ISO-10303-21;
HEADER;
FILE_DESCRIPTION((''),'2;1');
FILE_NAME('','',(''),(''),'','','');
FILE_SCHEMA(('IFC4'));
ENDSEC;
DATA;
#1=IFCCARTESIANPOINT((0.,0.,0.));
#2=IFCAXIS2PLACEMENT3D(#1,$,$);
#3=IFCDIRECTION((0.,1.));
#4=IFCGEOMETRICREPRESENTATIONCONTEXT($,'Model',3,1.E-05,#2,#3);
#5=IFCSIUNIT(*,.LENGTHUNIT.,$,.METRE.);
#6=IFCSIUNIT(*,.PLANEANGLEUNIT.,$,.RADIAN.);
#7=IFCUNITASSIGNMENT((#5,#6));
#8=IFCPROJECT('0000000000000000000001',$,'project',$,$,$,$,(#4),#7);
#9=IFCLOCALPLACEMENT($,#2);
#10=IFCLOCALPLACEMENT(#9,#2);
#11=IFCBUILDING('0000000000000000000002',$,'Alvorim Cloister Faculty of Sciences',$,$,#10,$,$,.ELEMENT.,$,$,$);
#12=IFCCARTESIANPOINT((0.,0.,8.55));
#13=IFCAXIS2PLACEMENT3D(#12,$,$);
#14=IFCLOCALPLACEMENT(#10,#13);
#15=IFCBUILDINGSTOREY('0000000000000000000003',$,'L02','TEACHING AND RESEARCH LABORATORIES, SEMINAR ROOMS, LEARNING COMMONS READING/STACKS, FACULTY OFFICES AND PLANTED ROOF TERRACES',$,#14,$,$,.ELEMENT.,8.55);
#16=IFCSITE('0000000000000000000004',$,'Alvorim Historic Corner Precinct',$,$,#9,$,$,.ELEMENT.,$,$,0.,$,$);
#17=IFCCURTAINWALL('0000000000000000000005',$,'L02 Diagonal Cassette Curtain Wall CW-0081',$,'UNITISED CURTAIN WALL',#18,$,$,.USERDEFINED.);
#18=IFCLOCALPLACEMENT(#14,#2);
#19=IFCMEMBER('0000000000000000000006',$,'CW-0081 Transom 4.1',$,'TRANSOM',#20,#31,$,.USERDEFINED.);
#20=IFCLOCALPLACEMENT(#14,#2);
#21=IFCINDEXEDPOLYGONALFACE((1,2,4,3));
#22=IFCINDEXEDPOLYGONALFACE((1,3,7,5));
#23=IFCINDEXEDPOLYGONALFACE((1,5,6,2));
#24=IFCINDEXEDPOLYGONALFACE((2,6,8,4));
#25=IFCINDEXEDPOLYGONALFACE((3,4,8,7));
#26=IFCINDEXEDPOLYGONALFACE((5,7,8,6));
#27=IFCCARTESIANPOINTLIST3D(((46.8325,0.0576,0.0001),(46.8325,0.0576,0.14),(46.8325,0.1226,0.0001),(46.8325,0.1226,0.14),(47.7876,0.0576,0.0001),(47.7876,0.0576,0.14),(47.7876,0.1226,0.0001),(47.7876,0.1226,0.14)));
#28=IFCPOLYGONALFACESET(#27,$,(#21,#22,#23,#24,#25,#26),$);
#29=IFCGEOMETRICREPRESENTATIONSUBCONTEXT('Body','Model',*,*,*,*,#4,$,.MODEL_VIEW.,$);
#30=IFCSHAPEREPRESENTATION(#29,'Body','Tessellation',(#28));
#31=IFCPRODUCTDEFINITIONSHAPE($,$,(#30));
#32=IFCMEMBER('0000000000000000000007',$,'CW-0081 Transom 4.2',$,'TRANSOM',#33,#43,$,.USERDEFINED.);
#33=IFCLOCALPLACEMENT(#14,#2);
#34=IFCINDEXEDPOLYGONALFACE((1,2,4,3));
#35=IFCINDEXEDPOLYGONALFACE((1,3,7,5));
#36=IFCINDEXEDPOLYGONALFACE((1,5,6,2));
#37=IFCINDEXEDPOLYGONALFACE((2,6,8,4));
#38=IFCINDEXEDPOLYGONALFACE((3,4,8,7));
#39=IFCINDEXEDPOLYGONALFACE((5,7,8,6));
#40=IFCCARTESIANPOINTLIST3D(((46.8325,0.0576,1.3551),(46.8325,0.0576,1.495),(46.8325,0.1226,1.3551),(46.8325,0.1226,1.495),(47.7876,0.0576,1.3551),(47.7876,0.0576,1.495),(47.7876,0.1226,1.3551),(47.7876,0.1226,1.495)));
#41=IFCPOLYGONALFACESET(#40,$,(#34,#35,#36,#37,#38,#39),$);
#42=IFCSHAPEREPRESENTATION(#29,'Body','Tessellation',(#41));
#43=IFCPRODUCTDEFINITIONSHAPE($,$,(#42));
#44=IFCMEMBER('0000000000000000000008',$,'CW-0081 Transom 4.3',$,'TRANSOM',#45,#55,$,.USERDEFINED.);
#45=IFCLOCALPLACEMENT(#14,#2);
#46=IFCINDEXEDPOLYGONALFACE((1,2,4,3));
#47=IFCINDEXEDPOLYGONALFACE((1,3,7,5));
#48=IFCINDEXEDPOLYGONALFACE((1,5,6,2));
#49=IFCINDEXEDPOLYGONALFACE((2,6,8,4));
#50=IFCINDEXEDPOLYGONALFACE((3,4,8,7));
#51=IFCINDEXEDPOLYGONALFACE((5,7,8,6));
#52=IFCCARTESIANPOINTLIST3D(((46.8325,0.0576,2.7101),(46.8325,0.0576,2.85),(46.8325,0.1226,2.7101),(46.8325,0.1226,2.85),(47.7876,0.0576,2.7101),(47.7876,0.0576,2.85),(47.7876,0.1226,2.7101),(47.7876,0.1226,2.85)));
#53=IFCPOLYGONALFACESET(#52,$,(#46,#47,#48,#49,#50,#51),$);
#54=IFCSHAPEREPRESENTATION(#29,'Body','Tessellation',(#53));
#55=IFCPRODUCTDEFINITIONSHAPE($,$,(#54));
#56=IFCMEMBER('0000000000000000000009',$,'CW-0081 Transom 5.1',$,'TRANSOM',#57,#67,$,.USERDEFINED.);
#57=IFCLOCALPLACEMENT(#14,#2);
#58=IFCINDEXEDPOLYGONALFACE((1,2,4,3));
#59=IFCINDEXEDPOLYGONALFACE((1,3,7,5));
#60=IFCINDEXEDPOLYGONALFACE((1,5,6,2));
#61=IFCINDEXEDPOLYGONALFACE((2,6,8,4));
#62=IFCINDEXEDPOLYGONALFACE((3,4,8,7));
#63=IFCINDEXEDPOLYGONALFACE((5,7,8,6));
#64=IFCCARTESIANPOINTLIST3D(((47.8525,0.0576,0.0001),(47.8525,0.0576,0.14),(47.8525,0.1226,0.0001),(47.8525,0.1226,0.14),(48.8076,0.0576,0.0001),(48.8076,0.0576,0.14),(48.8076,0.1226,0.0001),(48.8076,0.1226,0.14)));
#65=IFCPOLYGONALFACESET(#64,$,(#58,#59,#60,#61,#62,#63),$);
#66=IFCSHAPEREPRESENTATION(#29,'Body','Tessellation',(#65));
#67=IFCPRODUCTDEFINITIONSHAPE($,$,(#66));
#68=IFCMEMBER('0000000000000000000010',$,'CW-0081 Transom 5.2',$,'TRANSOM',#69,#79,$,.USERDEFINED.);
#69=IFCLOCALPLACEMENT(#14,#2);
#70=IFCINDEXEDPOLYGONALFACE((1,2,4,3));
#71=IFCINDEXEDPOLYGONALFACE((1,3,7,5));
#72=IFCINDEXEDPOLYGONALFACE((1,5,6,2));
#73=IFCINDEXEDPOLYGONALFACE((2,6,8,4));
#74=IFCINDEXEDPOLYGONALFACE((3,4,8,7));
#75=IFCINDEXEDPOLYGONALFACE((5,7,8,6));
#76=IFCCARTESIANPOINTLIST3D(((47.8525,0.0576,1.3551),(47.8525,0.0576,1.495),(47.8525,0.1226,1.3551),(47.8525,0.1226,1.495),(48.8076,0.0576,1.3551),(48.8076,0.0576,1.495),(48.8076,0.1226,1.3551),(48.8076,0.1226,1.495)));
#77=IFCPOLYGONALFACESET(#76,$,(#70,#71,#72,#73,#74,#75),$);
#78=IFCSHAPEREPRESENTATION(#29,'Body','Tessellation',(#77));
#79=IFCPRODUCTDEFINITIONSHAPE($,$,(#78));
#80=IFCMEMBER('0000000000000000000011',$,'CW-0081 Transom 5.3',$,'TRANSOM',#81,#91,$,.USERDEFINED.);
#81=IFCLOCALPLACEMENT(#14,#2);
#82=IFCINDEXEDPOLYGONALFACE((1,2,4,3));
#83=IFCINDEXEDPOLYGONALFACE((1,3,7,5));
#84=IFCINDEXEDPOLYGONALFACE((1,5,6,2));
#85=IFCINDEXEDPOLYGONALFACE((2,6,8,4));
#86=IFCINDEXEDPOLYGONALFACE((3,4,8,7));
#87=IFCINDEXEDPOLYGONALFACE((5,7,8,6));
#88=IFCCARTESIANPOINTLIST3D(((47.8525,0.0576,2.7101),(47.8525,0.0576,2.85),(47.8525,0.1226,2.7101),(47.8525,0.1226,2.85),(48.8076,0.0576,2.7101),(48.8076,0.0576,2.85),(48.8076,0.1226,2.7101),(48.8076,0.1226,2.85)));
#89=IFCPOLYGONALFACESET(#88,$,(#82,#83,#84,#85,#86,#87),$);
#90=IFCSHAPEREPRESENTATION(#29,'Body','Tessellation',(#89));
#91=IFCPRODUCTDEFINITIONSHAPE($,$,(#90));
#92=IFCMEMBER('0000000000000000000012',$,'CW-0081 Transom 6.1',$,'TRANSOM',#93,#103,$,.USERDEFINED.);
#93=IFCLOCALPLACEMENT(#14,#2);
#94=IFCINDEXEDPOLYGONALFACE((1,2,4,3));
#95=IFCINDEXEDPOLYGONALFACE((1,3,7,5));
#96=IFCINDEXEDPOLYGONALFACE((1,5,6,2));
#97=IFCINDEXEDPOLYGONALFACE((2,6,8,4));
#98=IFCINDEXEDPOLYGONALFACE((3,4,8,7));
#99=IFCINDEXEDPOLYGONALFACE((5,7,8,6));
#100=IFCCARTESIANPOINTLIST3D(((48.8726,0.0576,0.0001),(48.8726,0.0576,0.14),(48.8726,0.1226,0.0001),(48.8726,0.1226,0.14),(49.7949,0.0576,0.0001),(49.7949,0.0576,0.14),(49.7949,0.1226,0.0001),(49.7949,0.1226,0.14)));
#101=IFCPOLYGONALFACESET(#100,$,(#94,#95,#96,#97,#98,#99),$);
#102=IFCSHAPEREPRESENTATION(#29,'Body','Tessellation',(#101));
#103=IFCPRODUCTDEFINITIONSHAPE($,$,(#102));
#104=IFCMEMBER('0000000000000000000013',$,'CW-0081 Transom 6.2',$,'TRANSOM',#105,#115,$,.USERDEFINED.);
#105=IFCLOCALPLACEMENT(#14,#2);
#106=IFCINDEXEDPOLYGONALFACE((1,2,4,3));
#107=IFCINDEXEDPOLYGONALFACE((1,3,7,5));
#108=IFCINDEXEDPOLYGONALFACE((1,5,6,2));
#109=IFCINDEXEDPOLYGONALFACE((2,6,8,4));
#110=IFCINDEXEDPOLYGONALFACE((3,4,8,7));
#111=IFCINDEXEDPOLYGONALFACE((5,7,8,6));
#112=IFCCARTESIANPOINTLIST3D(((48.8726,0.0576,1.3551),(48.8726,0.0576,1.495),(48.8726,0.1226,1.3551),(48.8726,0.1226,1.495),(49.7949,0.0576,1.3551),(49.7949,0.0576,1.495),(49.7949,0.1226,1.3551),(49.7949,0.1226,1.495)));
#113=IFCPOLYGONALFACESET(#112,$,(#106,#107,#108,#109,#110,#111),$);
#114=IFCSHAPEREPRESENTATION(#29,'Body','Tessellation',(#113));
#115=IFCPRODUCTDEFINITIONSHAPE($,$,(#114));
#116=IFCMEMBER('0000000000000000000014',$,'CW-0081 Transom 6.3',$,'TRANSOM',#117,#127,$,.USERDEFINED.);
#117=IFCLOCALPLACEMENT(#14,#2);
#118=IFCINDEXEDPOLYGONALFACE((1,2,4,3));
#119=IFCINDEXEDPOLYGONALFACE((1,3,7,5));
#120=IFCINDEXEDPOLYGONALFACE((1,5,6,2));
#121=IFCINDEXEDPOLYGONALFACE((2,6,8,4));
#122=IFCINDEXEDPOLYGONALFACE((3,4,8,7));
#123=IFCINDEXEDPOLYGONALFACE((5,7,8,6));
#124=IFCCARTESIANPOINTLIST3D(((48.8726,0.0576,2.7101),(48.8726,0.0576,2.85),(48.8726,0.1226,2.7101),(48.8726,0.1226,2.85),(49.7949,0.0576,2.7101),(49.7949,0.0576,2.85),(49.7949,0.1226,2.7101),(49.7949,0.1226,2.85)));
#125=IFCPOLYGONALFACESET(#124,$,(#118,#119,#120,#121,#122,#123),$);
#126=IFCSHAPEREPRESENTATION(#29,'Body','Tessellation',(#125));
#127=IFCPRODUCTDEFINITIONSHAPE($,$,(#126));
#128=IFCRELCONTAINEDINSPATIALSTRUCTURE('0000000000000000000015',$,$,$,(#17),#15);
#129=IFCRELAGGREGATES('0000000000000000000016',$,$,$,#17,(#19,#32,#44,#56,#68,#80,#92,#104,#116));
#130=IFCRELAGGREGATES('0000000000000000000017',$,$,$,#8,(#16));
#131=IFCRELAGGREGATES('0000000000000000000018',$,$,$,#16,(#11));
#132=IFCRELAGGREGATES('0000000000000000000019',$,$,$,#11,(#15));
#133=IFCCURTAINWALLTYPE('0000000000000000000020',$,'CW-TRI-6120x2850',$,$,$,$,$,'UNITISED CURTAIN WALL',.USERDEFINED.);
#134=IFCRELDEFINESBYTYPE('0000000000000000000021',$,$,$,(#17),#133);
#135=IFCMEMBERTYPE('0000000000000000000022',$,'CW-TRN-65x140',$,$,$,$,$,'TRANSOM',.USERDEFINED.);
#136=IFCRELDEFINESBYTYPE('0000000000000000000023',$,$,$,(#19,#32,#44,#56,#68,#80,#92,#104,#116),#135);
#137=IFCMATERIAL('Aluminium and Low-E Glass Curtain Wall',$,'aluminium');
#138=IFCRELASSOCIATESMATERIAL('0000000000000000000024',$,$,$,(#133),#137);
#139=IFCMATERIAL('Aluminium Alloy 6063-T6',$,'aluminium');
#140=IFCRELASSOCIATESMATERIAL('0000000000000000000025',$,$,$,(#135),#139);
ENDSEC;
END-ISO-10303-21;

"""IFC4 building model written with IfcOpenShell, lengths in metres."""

from ifc_helpers import new_model, si_unit, direction, frame, origin, origin_2d, place, context, subcontext, project, spatial, rectangle, extrude, material, material_profile, profile_set, type_object, element, aggregate, save


model = new_model("IFC4")

# Units and contexts
model_context = context("Model", 3, precision=1e-05, world=origin(), true_north=direction((0.0, 1.0)))
body_context = subcontext(model_context, "Body", "Model", "MODEL_VIEW")
ifc_project = project(units=[si_unit("LENGTHUNIT", "METRE"), si_unit("PLANEANGLEUNIT", "RADIAN")], contexts=[model_context])

# Site, building, storey
site_placement = place(None, origin())
site = spatial("IfcSite", under=ifc_project, at=site_placement, Name="Alvorim Historic Corner Precinct", CompositionType="ELEMENT", RefElevation=0.0)
building_placement = place(site_placement, origin())
building = spatial("IfcBuilding", under=site, at=building_placement, Name="Alvorim Cloister Faculty of Sciences", CompositionType="ELEMENT")
storey_placement = place(building_placement, frame((0.0, 0.0, 8.55)))
storey = spatial("IfcBuildingStorey", under=building, at=storey_placement, Name="L02", Description="TEACHING AND RESEARCH LABORATORIES, SEMINAR ROOMS, LEARNING COMMONS READING/STACKS, FACULTY OFFICES AND PLANTED ROOF TERRACES", CompositionType="ELEMENT", Elevation=8.55)

# Shared definitions
ifc_material_1 = material(Name="Aluminium and Low-E Glass Curtain Wall", Category="aluminium")
curtain_wall_type = type_object("IfcCurtainWallType", Name="CW-TRI-6120x2850", ElementType="UNITISED CURTAIN WALL", PredefinedType="USERDEFINED", material=ifc_material_1)
ifc_material_2 = material(Name="Aluminium Alloy 6063-T6", Category="aluminium")

# Curtain wall
curtain_wall_1_placement = place(storey_placement, origin())
curtain_wall_1 = element("IfcCurtainWall", 1, at=curtain_wall_1_placement, inside=storey, type_object=curtain_wall_type, Name="L02 Diagonal Cassette Curtain Wall CW-0081", ObjectType="UNITISED CURTAIN WALL", PredefinedType="USERDEFINED")

# Members
ifc_material_profile_1 = material_profile(ifc_material_2, rectangle(XDim=0.0649, YDim=0.1399, at=origin_2d()), Name="ALU-TRN-65x140")
ifc_profile_set_1 = profile_set([ifc_material_profile_1], Name="Aluminium Alloy 6063-T6")
member_type_1 = type_object("IfcMemberType", Name="CW-TRN-65x140", ElementType="TRANSOM", PredefinedType="USERDEFINED", material=ifc_profile_set_1)
member_1_placement = place(storey_placement, frame((46.8325, 0.0901, 0.0701), z_axis=(1.0, 0.0, 0.0), x_axis=(0.0, 1.0, 0.0)))
member_1 = element("IfcMember", 2, at=member_1_placement, type_object=member_type_1, Name="CW-0081 Transom 4.1", ObjectType="TRANSOM", PredefinedType="USERDEFINED", context=body_context, shape_type="SweptSolid", body=[
    extrude(rectangle(XDim=0.0649, YDim=0.1399, at=origin_2d()), origin(), (0.0, 0.0, 1.0), 0.9551),
])
member_2_placement = place(storey_placement, frame((46.8325, 0.0901, 1.425), z_axis=(1.0, 0.0, 0.0), x_axis=(0.0, 1.0, 0.0)))
member_2 = element("IfcMember", 3, at=member_2_placement, type_object=member_type_1, Name="CW-0081 Transom 4.2", ObjectType="TRANSOM", PredefinedType="USERDEFINED", context=body_context, shape_type="SweptSolid", body=[
    extrude(rectangle(XDim=0.0649, YDim=0.1399, at=origin_2d()), origin(), (0.0, 0.0, 1.0), 0.9551),
])
member_3_placement = place(storey_placement, frame((46.8325, 0.0901, 2.78), z_axis=(1.0, 0.0, 0.0), x_axis=(0.0, 1.0, 0.0)))
member_3 = element("IfcMember", 4, at=member_3_placement, type_object=member_type_1, Name="CW-0081 Transom 4.3", ObjectType="TRANSOM", PredefinedType="USERDEFINED", context=body_context, shape_type="SweptSolid", body=[
    extrude(rectangle(XDim=0.0649, YDim=0.1399, at=origin_2d()), origin(), (0.0, 0.0, 1.0), 0.9551),
])
member_4_placement = place(storey_placement, frame((47.8525, 0.0901, 0.0701), z_axis=(1.0, 0.0, 0.0), x_axis=(0.0, 1.0, 0.0)))
member_4 = element("IfcMember", 5, at=member_4_placement, type_object=member_type_1, Name="CW-0081 Transom 5.1", ObjectType="TRANSOM", PredefinedType="USERDEFINED", context=body_context, shape_type="SweptSolid", body=[
    extrude(rectangle(XDim=0.0649, YDim=0.1399, at=origin_2d()), origin(), (0.0, 0.0, 1.0), 0.9551),
])
member_5_placement = place(storey_placement, frame((47.8525, 0.0901, 1.425), z_axis=(1.0, 0.0, 0.0), x_axis=(0.0, 1.0, 0.0)))
member_5 = element("IfcMember", 6, at=member_5_placement, type_object=member_type_1, Name="CW-0081 Transom 5.2", ObjectType="TRANSOM", PredefinedType="USERDEFINED", context=body_context, shape_type="SweptSolid", body=[
    extrude(rectangle(XDim=0.0649, YDim=0.1399, at=origin_2d()), origin(), (0.0, 0.0, 1.0), 0.9551),
])
member_6_placement = place(storey_placement, frame((47.8525, 0.0901, 2.78), z_axis=(1.0, 0.0, 0.0), x_axis=(0.0, 1.0, 0.0)))
member_6 = element("IfcMember", 7, at=member_6_placement, type_object=member_type_1, Name="CW-0081 Transom 5.3", ObjectType="TRANSOM", PredefinedType="USERDEFINED", context=body_context, shape_type="SweptSolid", body=[
    extrude(rectangle(XDim=0.0649, YDim=0.1399, at=origin_2d()), origin(), (0.0, 0.0, 1.0), 0.9551),
])
member_7_placement = place(storey_placement, frame((48.8726, 0.0901, 0.0701), z_axis=(1.0, 0.0, 0.0), x_axis=(0.0, 1.0, 0.0)))
member_7 = element("IfcMember", 8, at=member_7_placement, type_object=member_type_1, Name="CW-0081 Transom 6.1", ObjectType="TRANSOM", PredefinedType="USERDEFINED", context=body_context, shape_type="SweptSolid", body=[
    extrude(rectangle(XDim=0.0649, YDim=0.1399, at=origin_2d()), origin(), (0.0, 0.0, 1.0), 0.9224),
])
member_8_placement = place(storey_placement, frame((48.8726, 0.0901, 1.425), z_axis=(1.0, 0.0, 0.0), x_axis=(0.0, 1.0, 0.0)))
member_8 = element("IfcMember", 9, at=member_8_placement, type_object=member_type_1, Name="CW-0081 Transom 6.2", ObjectType="TRANSOM", PredefinedType="USERDEFINED", context=body_context, shape_type="SweptSolid", body=[
    extrude(rectangle(XDim=0.0649, YDim=0.1399, at=origin_2d()), origin(), (0.0, 0.0, 1.0), 0.9224),
])
member_9_placement = place(storey_placement, frame((48.8726, 0.0901, 2.78), z_axis=(1.0, 0.0, 0.0), x_axis=(0.0, 1.0, 0.0)))
member_9 = element("IfcMember", 10, at=member_9_placement, type_object=member_type_1, Name="CW-0081 Transom 6.3", ObjectType="TRANSOM", PredefinedType="USERDEFINED", context=body_context, shape_type="SweptSolid", body=[
    extrude(rectangle(XDim=0.0649, YDim=0.1399, at=origin_2d()), origin(), (0.0, 0.0, 1.0), 0.9224),
])
aggregate(curtain_wall_1, [member_1, member_2, member_3, member_4, member_5, member_6, member_7, member_8, member_9])

save(model, "model.ifc")
